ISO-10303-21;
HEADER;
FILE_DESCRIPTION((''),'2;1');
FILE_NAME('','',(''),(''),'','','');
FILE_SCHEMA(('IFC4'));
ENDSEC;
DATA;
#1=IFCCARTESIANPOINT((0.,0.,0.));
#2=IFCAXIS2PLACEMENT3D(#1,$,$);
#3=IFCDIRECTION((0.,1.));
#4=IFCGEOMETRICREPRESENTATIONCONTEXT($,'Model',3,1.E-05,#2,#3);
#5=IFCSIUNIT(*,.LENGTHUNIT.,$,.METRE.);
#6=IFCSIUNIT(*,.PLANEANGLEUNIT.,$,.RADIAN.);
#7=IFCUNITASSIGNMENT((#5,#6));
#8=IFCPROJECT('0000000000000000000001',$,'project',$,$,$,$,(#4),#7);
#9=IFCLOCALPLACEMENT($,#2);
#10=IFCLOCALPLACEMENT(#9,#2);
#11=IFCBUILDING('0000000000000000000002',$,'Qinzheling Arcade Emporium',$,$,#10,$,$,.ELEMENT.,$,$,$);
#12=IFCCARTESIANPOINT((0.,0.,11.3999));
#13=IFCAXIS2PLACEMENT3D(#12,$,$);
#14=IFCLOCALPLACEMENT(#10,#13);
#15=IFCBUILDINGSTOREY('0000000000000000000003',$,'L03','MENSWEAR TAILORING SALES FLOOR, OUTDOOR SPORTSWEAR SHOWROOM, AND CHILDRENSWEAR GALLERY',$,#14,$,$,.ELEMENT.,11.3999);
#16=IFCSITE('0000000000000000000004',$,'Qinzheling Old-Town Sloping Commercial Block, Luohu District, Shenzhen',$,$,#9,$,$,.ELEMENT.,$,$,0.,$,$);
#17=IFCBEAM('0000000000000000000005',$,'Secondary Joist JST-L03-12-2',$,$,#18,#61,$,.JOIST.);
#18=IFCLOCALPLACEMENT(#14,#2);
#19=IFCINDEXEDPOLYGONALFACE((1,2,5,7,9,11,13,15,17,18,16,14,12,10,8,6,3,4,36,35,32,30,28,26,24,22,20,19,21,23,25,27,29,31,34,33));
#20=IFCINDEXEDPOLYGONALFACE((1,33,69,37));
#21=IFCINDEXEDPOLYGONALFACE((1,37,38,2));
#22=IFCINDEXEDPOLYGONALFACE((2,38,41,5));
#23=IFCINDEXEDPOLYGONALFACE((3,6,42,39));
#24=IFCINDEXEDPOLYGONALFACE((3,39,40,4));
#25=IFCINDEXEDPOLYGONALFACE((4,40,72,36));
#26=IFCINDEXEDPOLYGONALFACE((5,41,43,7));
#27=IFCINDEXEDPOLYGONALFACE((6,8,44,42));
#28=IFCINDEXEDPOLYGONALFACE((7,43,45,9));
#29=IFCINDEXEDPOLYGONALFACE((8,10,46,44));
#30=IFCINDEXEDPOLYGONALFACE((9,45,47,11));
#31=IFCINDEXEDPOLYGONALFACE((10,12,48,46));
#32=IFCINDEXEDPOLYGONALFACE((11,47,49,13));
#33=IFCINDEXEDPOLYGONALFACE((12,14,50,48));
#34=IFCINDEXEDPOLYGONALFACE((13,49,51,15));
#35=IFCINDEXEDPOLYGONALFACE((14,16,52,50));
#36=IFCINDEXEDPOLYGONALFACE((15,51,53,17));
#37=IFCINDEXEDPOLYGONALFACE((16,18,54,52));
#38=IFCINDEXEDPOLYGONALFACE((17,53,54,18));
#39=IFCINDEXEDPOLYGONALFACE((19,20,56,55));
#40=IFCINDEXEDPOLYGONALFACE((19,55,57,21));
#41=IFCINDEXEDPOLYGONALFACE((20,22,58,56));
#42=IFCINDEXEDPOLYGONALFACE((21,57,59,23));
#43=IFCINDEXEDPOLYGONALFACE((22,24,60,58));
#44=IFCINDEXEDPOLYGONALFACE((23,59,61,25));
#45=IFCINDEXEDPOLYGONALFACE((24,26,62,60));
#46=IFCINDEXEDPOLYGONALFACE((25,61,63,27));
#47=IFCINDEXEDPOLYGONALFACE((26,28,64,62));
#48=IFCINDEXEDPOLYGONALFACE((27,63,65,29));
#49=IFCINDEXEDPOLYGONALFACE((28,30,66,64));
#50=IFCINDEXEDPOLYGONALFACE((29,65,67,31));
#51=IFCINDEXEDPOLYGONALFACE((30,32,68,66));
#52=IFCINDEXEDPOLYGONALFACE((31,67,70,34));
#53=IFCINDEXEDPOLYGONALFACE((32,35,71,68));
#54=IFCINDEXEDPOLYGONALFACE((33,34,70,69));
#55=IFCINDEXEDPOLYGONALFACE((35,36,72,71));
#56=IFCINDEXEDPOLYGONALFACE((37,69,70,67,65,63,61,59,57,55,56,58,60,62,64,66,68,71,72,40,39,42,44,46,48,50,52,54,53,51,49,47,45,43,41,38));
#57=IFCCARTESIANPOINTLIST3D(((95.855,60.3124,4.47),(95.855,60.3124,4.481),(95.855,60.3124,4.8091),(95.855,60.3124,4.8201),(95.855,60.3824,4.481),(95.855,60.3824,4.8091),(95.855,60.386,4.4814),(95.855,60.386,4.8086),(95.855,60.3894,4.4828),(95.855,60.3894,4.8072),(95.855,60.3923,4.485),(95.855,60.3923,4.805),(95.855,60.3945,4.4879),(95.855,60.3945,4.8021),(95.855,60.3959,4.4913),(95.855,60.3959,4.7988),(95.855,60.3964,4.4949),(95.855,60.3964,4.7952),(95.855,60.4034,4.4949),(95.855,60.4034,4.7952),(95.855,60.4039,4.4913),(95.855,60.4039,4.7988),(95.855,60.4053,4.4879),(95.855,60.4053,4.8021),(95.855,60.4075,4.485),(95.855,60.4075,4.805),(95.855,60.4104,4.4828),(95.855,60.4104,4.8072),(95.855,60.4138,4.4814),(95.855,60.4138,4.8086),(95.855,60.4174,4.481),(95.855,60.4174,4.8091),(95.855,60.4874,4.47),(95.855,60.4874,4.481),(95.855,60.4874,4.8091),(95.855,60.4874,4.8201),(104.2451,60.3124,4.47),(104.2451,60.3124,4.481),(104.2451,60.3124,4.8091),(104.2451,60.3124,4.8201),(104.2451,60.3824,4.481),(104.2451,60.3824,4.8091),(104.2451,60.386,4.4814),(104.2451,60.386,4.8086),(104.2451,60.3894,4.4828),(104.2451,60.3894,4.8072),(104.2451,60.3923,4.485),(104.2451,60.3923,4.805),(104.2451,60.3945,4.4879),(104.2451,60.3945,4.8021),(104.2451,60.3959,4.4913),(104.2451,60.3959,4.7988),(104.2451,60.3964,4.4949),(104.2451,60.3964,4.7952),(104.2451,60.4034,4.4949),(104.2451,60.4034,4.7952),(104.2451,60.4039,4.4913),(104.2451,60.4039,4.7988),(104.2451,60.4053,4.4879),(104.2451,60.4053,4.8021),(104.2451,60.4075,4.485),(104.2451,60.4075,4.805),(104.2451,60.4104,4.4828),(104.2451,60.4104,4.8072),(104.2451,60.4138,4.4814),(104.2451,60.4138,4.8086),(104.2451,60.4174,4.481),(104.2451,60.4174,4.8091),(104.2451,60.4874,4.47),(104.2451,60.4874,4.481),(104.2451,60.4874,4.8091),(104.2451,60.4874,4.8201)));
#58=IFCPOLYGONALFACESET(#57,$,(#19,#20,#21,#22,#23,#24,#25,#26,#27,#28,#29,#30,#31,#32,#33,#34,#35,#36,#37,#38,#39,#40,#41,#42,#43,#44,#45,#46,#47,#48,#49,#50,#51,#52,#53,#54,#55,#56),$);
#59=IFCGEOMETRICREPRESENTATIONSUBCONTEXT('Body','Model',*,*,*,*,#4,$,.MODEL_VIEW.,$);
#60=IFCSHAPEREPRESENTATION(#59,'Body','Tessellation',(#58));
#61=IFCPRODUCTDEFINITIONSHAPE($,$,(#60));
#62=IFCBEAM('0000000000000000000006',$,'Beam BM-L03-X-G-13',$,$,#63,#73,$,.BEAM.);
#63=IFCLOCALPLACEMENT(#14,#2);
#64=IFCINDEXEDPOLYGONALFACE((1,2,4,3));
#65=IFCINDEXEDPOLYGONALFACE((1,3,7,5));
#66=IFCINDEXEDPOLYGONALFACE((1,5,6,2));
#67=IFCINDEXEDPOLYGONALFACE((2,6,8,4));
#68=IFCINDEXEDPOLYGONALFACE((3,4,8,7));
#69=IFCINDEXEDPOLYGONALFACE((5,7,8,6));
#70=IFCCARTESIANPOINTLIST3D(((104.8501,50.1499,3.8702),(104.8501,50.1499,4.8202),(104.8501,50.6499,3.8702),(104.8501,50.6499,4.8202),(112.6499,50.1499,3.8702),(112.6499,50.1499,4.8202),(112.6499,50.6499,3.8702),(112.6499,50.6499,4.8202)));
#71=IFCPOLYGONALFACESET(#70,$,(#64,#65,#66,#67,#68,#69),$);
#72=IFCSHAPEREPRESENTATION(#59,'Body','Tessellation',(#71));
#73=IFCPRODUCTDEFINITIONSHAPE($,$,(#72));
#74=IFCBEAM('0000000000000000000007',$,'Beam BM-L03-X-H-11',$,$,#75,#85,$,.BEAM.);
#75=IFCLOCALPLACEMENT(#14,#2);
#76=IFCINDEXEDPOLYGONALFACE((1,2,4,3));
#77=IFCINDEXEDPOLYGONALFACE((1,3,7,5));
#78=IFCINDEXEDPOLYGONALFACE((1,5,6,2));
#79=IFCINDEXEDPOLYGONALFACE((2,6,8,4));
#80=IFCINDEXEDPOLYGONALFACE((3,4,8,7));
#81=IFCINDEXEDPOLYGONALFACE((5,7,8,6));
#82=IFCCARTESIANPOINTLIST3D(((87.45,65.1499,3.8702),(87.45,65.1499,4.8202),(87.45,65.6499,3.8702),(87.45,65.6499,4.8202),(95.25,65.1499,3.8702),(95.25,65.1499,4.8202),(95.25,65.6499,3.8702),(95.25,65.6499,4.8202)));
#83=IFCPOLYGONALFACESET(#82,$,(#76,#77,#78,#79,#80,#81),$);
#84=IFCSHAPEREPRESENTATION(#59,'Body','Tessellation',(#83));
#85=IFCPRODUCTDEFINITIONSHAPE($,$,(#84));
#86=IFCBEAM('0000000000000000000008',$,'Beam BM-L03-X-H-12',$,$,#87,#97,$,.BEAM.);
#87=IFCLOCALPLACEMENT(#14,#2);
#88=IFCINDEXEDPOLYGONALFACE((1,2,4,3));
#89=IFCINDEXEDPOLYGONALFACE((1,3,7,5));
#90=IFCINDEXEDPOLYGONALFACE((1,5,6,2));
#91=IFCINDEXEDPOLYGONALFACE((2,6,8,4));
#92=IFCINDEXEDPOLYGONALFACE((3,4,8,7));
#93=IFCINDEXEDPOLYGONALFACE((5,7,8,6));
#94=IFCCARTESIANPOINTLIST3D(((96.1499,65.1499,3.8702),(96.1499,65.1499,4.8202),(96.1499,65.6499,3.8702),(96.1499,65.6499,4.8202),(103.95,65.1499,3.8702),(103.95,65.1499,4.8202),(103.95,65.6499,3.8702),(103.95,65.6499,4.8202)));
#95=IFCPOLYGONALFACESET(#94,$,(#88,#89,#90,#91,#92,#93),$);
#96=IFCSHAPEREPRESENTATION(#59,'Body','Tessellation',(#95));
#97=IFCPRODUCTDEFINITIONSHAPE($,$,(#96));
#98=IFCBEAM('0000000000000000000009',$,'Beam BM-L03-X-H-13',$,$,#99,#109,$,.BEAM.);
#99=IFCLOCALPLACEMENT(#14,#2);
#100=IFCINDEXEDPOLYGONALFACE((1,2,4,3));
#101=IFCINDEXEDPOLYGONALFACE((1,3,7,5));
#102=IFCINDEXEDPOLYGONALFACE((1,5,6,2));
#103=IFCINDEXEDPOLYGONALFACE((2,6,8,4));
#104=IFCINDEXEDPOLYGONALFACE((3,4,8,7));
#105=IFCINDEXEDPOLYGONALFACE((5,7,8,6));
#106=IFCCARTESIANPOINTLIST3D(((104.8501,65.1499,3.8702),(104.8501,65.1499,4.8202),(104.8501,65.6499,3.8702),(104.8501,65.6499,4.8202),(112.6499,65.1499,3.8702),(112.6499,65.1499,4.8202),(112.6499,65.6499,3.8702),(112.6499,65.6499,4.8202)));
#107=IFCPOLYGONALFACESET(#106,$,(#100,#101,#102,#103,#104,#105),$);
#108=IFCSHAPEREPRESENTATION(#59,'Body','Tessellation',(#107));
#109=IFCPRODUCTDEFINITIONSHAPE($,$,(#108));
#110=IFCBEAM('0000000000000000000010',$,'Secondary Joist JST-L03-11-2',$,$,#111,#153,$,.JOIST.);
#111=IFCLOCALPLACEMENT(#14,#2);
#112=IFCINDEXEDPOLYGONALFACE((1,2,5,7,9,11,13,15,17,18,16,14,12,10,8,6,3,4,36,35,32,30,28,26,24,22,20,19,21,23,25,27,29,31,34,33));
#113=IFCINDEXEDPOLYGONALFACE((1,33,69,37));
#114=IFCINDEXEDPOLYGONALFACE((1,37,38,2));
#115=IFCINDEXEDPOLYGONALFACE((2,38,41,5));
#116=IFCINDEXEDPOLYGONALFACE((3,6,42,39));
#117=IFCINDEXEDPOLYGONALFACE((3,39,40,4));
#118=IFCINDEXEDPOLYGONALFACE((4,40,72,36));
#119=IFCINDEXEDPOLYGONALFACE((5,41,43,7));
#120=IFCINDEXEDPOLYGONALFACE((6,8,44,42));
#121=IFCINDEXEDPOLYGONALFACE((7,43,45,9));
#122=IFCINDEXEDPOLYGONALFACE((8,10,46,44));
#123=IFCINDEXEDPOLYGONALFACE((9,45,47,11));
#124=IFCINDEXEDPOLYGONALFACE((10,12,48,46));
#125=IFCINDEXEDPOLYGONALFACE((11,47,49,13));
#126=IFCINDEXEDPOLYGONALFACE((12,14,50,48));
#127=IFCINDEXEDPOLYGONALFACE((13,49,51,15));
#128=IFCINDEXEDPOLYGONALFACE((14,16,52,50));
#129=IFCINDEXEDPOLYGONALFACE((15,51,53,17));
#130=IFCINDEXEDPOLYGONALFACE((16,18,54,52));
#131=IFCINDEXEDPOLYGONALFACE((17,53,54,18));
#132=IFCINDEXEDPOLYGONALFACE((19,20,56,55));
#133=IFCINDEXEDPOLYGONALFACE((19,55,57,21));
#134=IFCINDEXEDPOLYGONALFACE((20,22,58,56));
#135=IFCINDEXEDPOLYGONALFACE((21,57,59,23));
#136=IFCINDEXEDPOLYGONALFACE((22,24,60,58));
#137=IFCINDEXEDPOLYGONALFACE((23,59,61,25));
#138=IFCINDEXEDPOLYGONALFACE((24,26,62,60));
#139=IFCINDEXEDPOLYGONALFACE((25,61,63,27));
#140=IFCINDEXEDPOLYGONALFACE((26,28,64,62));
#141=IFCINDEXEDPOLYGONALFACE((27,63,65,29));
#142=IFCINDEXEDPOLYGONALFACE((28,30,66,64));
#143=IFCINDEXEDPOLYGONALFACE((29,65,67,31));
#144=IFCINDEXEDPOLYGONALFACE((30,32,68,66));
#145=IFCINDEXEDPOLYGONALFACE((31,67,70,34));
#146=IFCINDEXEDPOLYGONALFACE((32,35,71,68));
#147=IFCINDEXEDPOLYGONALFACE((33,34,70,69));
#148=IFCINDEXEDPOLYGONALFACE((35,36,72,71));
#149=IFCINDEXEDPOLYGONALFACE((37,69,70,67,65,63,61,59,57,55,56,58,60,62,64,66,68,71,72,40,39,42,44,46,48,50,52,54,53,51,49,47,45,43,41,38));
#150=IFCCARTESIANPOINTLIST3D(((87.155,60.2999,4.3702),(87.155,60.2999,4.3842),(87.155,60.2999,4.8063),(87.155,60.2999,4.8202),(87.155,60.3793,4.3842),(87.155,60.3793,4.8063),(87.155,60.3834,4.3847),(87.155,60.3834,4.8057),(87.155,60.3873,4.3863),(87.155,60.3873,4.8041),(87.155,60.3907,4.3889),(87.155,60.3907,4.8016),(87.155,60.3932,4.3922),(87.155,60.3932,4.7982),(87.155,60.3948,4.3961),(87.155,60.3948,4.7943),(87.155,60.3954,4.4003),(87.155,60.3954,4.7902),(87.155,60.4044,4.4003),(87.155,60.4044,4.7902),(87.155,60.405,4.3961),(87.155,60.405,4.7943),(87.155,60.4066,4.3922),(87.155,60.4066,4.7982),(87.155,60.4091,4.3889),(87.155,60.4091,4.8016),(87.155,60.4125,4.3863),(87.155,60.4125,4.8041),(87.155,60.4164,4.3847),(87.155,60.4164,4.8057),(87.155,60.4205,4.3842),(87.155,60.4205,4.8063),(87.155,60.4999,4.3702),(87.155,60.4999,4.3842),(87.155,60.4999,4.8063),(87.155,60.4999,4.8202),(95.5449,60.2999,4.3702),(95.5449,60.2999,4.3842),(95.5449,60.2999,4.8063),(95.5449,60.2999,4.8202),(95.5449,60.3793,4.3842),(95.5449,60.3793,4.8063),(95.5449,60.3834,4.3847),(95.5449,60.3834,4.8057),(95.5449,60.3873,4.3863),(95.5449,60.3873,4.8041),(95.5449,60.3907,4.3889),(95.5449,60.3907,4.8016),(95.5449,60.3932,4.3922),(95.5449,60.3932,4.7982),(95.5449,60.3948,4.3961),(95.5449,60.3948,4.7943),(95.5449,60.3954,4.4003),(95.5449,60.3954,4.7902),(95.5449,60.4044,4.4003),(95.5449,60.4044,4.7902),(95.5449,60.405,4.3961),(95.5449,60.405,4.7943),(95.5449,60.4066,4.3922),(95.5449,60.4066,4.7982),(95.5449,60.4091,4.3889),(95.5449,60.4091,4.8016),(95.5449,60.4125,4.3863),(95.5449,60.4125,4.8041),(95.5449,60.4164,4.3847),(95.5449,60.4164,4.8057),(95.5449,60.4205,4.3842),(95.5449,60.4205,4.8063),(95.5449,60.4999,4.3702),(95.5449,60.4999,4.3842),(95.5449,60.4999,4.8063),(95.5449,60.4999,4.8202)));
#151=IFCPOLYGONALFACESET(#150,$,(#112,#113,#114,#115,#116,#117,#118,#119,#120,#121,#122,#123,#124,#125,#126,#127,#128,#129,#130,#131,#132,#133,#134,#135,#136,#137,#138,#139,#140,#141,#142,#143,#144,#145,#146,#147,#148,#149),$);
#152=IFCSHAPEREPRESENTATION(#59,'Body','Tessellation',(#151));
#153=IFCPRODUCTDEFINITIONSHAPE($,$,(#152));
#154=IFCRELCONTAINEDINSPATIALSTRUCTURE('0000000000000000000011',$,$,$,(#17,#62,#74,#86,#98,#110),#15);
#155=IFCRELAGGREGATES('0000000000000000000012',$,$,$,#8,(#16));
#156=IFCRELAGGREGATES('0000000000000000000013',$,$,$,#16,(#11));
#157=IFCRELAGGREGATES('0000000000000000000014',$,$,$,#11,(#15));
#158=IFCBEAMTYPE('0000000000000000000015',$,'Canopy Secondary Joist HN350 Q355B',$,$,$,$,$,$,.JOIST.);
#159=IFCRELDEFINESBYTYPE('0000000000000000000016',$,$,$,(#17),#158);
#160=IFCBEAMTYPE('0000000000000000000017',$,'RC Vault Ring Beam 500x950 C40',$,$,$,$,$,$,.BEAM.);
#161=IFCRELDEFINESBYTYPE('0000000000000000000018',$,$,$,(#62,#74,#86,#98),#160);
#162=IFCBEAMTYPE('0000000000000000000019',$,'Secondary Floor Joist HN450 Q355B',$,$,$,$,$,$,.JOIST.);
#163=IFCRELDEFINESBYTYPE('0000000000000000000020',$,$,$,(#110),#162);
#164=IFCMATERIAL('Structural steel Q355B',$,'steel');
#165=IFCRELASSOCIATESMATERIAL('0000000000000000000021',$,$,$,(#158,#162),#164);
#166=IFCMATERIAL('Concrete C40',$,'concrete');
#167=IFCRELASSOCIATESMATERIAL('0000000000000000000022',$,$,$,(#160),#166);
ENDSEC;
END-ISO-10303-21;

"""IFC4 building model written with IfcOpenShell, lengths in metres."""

from ifc_helpers import new_model, si_unit, direction, frame, origin, origin_2d, place, context, subcontext, project, spatial, rectangle, i_section, extrude, material, material_profile, profile_set, type_object, element, save


model = new_model("IFC4")

# Units and contexts
model_context = context("Model", 3, precision=1e-05, world=origin(), true_north=direction((0.0, 1.0)))
body_context = subcontext(model_context, "Body", "Model", "MODEL_VIEW")
ifc_project = project(units=[si_unit("LENGTHUNIT", "METRE"), si_unit("PLANEANGLEUNIT", "RADIAN")], contexts=[model_context])

# Site, building, storey
site_placement = place(None, origin())
site = spatial("IfcSite", under=ifc_project, at=site_placement, Name="Qinzheling Old-Town Sloping Commercial Block, Luohu District, Shenzhen", CompositionType="ELEMENT", RefElevation=0.0)
building_placement = place(site_placement, origin())
building = spatial("IfcBuilding", under=site, at=building_placement, Name="Qinzheling Arcade Emporium", CompositionType="ELEMENT")
storey_placement = place(building_placement, frame((0.0, 0.0, 11.3999)))
storey = spatial("IfcBuildingStorey", under=building, at=storey_placement, Name="L03", Description="MENSWEAR TAILORING SALES FLOOR, OUTDOOR SPORTSWEAR SHOWROOM, AND CHILDRENSWEAR GALLERY", CompositionType="ELEMENT", Elevation=11.3999)

# Beams
ifc_material_1 = material(Name="Structural steel Q355B", Category="steel")
ifc_material_profile_1 = material_profile(ifc_material_1, i_section(OverallWidth=0.175, OverallDepth=0.3501, WebThickness=0.0071, FlangeThickness=0.011, FilletRadius=0.0139, at=origin_2d()), Name="HN 350x175x7x11", Category="steel")
ifc_profile_set_1 = profile_set([ifc_material_profile_1], Name="Structural steel Q355B")
beam_type_1 = type_object("IfcBeamType", Name="Canopy Secondary Joist HN350 Q355B", PredefinedType="JOIST", material=ifc_profile_set_1)
beam_1_placement = place(storey_placement, frame((95.855, 60.3999, 4.645), z_axis=(1.0, 0.0, 0.0), x_axis=(0.0, 1.0, 0.0)))
element("IfcBeam", 1, at=beam_1_placement, inside=storey, type_object=beam_type_1, Name="Secondary Joist JST-L03-12-2", PredefinedType="JOIST", context=body_context, shape_type="SweptSolid", body=[
    extrude(i_section(OverallWidth=0.175, OverallDepth=0.3501, WebThickness=0.0071, FlangeThickness=0.011, FilletRadius=0.0139, at=origin_2d()), origin(), (0.0, 0.0, 1.0), 8.3901),
])
ifc_material_2 = material(Name="Concrete C40", Category="concrete")
ifc_material_profile_2 = material_profile(ifc_material_2, rectangle(XDim=0.5, YDim=0.95, at=origin_2d()), Name="RC 500x950", Category="concrete")
ifc_profile_set_2 = profile_set([ifc_material_profile_2], Name="Concrete C40")
beam_type_2 = type_object("IfcBeamType", Name="RC Vault Ring Beam 500x950 C40", PredefinedType="BEAM", material=ifc_profile_set_2)
beam_2_placement = place(storey_placement, frame((104.8501, 50.3999, 4.3452), z_axis=(1.0, 0.0, 0.0), x_axis=(0.0, 1.0, 0.0)))
element("IfcBeam", 2, at=beam_2_placement, inside=storey, type_object=beam_type_2, Name="Beam BM-L03-X-G-13", PredefinedType="BEAM", context=body_context, shape_type="SweptSolid", body=[
    extrude(rectangle(XDim=0.5, YDim=0.95, at=origin_2d()), origin(), (0.0, 0.0, 1.0), 7.7998),
])
for number, where, z_axis, x_axis, name in (
    (3, (87.45, 65.3999, 4.3452), (1.0, 0.0, 0.0), (0.0, 1.0, 0.0), "Beam BM-L03-X-H-11"),
    (4, (96.1499, 65.3999, 4.3452), (1.0, 0.0, 0.0), (0.0, 1.0, 0.0), "Beam BM-L03-X-H-12"),
):
    element("IfcBeam", number, at=place(storey_placement, frame(where, z_axis=z_axis, x_axis=x_axis)), inside=storey, type_object=beam_type_2, Name=name, PredefinedType="BEAM", context=body_context, shape_type="SweptSolid", body=[
        extrude(rectangle(XDim=0.5, YDim=0.95, at=origin_2d()), origin(), (0.0, 0.0, 1.0), 7.8),
    ])
beam_3_placement = place(storey_placement, frame((104.8501, 65.3999, 4.3452), z_axis=(1.0, 0.0, 0.0), x_axis=(0.0, 1.0, 0.0)))
element("IfcBeam", 5, at=beam_3_placement, inside=storey, type_object=beam_type_2, Name="Beam BM-L03-X-H-13", PredefinedType="BEAM", context=body_context, shape_type="SweptSolid", body=[
    extrude(rectangle(XDim=0.5, YDim=0.95, at=origin_2d()), origin(), (0.0, 0.0, 1.0), 7.7998),
])
ifc_material_profile_3 = material_profile(ifc_material_1, i_section(OverallWidth=0.2, OverallDepth=0.45, WebThickness=0.009, FlangeThickness=0.0139, FilletRadius=0.0161, at=origin_2d()), Name="HN 450x200x9x14", Category="steel")
ifc_profile_set_3 = profile_set([ifc_material_profile_3], Name="Structural steel Q355B")
beam_type_3 = type_object("IfcBeamType", Name="Secondary Floor Joist HN450 Q355B", PredefinedType="JOIST", material=ifc_profile_set_3)
beam_4_placement = place(storey_placement, frame((87.155, 60.3999, 4.5952), z_axis=(1.0, 0.0, 0.0), x_axis=(0.0, 1.0, 0.0)))
element("IfcBeam", 6, at=beam_4_placement, inside=storey, type_object=beam_type_3, Name="Secondary Joist JST-L03-11-2", PredefinedType="JOIST", context=body_context, shape_type="SweptSolid", body=[
    extrude(i_section(OverallWidth=0.2, OverallDepth=0.45, WebThickness=0.009, FlangeThickness=0.0139, FilletRadius=0.0161, at=origin_2d()), origin(), (0.0, 0.0, 1.0), 8.3899),
])

save(model, "model.ifc")
